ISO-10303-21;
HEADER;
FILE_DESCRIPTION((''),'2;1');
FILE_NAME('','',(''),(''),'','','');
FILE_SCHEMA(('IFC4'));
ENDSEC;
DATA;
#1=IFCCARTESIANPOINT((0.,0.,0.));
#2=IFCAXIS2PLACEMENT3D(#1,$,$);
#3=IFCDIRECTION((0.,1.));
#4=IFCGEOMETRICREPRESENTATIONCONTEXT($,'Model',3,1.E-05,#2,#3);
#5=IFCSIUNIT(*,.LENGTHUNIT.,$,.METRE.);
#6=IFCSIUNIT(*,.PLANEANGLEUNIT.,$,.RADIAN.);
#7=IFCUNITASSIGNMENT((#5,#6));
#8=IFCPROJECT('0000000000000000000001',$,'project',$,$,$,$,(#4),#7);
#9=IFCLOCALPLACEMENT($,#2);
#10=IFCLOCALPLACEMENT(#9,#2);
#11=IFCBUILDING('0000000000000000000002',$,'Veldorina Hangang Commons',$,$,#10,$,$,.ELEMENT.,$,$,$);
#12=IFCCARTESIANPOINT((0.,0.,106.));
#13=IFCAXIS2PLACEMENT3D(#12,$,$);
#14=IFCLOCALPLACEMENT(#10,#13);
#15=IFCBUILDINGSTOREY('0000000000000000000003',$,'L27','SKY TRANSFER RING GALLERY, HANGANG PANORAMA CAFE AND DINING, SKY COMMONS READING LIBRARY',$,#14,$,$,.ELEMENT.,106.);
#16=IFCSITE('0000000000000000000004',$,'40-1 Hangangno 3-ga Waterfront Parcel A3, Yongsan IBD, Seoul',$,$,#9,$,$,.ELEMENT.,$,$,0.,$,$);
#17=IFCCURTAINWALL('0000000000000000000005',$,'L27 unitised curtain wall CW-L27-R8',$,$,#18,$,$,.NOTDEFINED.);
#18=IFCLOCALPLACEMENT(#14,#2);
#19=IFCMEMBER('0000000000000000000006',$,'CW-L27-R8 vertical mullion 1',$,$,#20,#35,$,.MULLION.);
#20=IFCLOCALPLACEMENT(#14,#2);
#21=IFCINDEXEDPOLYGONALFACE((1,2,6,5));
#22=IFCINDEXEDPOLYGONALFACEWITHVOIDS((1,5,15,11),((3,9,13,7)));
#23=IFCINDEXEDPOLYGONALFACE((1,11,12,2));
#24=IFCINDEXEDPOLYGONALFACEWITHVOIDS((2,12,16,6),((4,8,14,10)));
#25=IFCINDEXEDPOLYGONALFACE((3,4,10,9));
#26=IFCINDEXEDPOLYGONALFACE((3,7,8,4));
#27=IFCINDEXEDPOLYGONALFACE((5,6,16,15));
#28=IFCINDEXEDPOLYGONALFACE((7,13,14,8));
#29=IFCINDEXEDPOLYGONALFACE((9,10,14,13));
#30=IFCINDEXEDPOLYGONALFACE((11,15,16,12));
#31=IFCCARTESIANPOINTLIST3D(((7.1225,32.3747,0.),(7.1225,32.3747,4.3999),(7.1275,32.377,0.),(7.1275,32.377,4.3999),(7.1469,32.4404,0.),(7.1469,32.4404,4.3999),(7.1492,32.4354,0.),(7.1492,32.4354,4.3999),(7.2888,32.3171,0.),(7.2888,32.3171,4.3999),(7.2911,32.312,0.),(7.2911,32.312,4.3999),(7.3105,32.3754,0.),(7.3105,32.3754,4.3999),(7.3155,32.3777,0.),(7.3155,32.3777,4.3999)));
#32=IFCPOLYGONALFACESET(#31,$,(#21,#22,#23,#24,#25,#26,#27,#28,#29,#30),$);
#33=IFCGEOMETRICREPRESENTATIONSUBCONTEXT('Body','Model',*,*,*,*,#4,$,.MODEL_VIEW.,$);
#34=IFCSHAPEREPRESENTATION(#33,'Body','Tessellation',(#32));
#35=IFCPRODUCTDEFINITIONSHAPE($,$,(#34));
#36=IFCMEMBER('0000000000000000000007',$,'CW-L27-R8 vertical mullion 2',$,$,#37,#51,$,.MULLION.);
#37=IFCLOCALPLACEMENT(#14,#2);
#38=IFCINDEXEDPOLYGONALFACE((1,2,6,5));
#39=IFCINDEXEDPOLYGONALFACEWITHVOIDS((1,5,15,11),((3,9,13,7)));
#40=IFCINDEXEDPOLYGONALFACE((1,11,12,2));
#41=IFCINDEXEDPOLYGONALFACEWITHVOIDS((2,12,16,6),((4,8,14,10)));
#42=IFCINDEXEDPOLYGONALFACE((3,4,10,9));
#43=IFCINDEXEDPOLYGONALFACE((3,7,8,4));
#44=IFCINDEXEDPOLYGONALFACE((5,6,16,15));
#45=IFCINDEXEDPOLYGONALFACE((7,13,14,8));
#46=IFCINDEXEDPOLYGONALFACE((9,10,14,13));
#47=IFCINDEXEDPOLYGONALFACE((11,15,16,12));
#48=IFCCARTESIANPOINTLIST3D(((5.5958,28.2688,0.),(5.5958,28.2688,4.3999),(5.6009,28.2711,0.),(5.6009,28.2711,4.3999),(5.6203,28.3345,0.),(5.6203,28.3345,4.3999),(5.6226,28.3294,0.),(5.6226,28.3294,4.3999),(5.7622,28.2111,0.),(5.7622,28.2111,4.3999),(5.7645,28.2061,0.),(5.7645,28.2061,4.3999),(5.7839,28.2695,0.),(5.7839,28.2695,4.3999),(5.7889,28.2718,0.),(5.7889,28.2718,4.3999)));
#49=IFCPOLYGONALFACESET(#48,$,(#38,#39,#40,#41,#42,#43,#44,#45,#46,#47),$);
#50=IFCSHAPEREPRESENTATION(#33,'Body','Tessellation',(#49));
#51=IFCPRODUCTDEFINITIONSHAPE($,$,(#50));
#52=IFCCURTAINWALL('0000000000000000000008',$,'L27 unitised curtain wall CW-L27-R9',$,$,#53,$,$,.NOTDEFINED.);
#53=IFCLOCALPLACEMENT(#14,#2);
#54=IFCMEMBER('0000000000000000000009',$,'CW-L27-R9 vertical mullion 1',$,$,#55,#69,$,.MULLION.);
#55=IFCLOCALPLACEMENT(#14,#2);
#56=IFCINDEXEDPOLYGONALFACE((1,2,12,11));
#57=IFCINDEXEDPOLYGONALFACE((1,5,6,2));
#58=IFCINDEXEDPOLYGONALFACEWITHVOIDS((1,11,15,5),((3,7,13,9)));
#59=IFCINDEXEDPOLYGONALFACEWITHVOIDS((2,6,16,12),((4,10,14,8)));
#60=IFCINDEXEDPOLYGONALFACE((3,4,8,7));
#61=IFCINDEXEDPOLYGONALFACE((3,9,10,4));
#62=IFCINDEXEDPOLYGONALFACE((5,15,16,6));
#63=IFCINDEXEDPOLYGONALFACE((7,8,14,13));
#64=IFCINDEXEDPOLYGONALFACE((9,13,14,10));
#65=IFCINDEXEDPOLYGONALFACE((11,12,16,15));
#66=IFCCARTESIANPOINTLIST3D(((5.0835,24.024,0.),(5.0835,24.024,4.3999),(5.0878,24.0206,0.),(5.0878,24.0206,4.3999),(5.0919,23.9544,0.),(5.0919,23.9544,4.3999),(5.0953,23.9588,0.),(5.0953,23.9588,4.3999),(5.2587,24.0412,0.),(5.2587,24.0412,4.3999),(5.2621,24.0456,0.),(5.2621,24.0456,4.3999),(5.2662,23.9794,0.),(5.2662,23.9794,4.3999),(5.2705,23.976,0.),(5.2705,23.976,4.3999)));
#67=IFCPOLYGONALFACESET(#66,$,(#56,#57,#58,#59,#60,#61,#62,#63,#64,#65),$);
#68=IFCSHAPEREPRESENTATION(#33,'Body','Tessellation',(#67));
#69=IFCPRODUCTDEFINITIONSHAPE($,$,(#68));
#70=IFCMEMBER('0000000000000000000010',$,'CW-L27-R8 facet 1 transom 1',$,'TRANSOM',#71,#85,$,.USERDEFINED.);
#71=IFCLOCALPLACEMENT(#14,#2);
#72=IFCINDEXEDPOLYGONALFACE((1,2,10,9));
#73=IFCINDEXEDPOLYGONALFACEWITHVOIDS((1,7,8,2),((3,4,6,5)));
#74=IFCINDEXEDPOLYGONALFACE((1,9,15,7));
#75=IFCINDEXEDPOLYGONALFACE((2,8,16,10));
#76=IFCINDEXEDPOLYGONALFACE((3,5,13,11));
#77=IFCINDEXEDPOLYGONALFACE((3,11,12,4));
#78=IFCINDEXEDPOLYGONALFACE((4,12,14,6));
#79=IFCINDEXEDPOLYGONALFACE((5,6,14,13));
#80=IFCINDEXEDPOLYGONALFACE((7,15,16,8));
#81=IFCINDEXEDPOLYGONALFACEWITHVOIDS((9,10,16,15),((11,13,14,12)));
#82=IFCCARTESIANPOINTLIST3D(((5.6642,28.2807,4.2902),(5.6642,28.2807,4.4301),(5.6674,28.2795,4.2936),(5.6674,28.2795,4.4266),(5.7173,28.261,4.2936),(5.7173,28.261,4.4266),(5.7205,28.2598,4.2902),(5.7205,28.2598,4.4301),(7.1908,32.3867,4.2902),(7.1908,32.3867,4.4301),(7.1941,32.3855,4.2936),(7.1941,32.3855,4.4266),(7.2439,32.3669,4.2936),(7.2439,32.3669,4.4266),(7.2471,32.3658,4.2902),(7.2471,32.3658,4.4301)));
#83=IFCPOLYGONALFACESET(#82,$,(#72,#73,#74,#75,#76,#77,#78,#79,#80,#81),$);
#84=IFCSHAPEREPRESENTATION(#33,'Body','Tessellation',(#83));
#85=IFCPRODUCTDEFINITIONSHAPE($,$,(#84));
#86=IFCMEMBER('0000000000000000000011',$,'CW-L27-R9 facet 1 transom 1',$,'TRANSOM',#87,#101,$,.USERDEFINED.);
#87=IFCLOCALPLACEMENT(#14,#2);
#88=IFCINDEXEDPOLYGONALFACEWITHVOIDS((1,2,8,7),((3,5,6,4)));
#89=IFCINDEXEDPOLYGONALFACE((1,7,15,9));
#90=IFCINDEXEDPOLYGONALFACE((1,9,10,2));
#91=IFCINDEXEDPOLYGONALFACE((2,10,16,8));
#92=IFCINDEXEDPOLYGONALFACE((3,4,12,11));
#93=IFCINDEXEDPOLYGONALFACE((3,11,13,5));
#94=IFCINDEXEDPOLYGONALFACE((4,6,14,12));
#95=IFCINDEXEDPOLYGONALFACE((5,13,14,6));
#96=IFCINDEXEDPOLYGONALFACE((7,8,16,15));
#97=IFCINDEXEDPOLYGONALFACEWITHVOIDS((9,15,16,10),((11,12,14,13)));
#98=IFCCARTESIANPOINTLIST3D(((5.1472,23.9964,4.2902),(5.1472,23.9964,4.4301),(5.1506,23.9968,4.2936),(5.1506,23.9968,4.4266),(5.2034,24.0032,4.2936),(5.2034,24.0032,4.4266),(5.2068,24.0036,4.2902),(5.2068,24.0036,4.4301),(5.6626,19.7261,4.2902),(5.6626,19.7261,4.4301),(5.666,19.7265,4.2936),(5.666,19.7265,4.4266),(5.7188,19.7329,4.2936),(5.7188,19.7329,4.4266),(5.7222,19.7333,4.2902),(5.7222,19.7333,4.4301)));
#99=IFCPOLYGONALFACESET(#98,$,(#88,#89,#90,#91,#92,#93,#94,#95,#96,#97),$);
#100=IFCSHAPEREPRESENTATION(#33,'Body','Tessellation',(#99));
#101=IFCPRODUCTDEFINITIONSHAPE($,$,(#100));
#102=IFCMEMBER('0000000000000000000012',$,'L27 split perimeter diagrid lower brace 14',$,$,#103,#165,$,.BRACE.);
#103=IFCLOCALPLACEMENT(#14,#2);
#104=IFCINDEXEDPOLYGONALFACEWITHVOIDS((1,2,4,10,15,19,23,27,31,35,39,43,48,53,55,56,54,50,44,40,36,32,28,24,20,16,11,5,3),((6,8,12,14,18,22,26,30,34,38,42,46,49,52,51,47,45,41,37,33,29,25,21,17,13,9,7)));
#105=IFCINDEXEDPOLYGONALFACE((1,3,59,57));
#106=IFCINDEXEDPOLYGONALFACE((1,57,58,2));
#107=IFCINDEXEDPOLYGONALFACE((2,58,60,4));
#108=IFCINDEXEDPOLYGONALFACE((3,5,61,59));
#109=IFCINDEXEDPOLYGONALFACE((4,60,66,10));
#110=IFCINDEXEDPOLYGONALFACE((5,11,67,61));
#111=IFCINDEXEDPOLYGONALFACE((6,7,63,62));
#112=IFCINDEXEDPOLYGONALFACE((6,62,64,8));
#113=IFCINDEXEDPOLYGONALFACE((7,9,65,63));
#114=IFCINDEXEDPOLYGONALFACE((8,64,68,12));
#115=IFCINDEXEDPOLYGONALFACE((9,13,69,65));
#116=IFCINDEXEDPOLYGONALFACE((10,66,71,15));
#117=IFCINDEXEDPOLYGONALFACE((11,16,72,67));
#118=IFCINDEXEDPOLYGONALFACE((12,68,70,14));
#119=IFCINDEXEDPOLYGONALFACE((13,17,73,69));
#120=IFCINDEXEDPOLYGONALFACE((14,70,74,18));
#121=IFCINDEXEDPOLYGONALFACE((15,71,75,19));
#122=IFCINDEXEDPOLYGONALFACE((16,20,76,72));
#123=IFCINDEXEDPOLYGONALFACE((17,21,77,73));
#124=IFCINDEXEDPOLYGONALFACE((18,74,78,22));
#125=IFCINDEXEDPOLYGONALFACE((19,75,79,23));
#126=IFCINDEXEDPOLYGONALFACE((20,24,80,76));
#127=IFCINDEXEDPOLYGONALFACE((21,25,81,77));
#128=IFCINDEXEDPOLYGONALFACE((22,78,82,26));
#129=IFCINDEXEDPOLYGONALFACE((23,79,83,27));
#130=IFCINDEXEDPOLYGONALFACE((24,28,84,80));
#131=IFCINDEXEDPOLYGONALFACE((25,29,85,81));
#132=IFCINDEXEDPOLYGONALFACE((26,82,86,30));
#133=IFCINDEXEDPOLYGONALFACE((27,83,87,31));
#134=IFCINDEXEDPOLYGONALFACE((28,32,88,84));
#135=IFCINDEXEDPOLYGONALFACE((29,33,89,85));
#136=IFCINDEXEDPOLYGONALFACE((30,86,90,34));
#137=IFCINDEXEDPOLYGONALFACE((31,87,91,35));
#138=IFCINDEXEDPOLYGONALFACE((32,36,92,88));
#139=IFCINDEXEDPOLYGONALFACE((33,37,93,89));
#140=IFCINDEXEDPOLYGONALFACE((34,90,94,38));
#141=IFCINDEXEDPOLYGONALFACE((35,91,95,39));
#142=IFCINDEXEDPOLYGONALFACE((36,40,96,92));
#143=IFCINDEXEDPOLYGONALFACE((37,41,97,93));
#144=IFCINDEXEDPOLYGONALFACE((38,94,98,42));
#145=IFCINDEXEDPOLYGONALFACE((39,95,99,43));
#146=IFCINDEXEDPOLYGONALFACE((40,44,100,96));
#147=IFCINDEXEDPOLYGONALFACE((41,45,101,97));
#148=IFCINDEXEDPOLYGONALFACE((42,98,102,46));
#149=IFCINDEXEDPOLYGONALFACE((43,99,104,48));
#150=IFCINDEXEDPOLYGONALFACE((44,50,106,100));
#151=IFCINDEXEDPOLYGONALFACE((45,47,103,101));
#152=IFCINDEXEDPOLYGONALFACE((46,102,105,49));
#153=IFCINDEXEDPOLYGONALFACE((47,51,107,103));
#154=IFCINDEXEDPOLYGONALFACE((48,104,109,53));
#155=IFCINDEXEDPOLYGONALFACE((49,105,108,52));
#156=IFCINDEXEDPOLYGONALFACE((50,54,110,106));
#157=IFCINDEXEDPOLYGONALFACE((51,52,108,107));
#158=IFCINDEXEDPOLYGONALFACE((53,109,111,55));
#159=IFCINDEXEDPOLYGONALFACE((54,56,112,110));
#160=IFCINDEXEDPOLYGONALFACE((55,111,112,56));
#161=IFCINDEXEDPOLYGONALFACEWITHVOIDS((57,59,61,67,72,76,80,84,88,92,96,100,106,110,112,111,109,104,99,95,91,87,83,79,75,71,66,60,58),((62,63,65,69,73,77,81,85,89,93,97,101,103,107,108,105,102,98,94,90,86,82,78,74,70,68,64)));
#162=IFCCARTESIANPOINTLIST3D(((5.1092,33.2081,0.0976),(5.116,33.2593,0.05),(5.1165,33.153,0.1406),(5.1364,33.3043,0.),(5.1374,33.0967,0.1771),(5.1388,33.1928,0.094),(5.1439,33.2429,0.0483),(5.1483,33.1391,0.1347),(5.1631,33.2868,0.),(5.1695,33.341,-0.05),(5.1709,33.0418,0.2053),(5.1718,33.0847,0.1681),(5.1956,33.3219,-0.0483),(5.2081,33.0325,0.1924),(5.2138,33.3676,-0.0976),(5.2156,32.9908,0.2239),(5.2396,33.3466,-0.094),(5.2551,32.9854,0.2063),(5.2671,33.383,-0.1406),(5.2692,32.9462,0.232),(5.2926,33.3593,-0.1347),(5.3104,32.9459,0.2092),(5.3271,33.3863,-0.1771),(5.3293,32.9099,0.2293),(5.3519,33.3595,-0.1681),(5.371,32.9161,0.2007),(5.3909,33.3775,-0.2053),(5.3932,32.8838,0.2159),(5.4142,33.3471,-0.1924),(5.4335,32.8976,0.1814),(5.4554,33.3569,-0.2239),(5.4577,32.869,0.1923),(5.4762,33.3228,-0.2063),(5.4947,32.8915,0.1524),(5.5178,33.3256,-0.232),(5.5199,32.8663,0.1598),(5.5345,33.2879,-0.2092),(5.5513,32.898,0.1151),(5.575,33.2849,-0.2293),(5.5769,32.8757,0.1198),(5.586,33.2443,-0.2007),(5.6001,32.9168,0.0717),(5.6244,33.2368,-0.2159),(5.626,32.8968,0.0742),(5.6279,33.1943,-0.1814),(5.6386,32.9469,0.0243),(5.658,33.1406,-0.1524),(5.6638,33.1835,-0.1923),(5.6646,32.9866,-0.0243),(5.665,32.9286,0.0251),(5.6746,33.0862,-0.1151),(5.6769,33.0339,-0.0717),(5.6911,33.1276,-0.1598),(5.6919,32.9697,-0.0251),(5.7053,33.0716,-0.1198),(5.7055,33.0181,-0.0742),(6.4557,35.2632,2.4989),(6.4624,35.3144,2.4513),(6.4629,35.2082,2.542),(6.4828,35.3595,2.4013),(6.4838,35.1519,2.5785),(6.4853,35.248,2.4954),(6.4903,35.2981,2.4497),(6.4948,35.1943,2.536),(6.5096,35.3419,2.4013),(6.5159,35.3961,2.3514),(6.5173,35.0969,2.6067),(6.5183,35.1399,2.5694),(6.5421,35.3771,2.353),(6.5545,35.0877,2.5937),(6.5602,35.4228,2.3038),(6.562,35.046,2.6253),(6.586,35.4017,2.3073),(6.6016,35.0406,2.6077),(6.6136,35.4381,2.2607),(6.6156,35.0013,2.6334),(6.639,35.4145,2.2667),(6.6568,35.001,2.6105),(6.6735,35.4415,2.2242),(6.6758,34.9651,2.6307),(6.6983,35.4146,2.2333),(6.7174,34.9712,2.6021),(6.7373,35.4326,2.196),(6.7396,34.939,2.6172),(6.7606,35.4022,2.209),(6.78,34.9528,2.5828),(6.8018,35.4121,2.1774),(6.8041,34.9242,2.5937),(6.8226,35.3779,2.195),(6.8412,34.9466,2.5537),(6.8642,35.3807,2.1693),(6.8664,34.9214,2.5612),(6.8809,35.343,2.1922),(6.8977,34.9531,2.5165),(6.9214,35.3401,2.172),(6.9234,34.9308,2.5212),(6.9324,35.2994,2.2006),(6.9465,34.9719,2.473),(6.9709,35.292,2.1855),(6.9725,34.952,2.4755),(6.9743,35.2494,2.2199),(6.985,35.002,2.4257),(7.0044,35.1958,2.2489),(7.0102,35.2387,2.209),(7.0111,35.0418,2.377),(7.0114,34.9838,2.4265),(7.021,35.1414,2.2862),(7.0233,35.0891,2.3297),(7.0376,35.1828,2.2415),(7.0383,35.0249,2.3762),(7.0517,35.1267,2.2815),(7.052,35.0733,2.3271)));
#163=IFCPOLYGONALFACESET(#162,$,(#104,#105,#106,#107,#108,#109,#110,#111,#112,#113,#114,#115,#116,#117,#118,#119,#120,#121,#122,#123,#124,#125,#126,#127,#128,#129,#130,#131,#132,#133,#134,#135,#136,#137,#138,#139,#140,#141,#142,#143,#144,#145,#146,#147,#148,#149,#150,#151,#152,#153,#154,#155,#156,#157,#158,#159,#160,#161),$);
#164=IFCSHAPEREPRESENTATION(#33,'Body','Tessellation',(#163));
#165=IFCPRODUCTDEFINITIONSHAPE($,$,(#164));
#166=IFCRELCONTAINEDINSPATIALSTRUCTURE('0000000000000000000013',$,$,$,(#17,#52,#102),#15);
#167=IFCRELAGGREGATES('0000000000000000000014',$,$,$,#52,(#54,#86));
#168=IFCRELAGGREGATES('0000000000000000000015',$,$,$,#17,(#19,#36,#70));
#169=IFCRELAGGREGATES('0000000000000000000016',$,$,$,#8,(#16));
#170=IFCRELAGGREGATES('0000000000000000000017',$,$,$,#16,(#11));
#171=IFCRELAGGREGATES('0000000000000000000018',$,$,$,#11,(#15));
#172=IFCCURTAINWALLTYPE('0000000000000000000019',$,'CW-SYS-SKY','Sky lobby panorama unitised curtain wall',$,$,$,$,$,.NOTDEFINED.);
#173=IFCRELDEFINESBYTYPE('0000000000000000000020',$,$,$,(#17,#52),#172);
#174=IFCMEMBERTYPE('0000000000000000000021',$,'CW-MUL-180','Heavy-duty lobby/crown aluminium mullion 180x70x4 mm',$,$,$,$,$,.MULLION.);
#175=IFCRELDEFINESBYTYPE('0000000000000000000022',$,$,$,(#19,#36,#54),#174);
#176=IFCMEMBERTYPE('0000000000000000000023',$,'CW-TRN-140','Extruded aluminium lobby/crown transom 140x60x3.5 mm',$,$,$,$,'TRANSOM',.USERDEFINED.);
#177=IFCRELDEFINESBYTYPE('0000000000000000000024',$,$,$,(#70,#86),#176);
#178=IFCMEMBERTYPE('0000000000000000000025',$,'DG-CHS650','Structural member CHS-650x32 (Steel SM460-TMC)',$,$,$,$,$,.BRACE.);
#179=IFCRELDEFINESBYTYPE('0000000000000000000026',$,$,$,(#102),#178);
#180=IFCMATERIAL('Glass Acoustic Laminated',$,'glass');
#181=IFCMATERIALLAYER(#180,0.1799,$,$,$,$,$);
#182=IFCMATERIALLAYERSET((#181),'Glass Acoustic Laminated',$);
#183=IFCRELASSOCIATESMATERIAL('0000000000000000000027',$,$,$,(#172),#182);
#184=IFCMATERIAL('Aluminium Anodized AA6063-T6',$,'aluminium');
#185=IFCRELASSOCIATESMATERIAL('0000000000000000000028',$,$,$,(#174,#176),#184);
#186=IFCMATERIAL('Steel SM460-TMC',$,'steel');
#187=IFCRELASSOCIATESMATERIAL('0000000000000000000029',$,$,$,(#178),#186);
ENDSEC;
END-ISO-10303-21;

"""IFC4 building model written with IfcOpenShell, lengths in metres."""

from ifc_helpers import new_model, si_unit, direction, frame, origin, origin_2d, place, context, subcontext, project, spatial, hollow_rectangle, hollow_circle, extrude, material, layer, layer_set, material_profile, profile_set, type_object, element, aggregate, save


model = new_model("IFC4")

# Units and contexts
model_context = context("Model", 3, precision=1e-05, world=origin(), true_north=direction((0.0, 1.0)))
body_context = subcontext(model_context, "Body", "Model", "MODEL_VIEW")
ifc_project = project(units=[si_unit("LENGTHUNIT", "METRE"), si_unit("PLANEANGLEUNIT", "RADIAN")], contexts=[model_context])

# Site, building, storey
site_placement = place(None, origin())
site = spatial("IfcSite", under=ifc_project, at=site_placement, Name="40-1 Hangangno 3-ga Waterfront Parcel A3, Yongsan IBD, Seoul", CompositionType="ELEMENT", RefElevation=0.0)
building_placement = place(site_placement, origin())
building = spatial("IfcBuilding", under=site, at=building_placement, Name="Veldorina Hangang Commons", CompositionType="ELEMENT")
storey_placement = place(building_placement, frame((0.0, 0.0, 106.0)))
storey = spatial("IfcBuildingStorey", under=building, at=storey_placement, Name="L27", Description="SKY TRANSFER RING GALLERY, HANGANG PANORAMA CAFE AND DINING, SKY COMMONS READING LIBRARY", CompositionType="ELEMENT", Elevation=106.0)

# Curtain wall, members
ifc_material_1 = material(Name="Glass Acoustic Laminated", Category="glass")
ifc_layer_1 = layer(ifc_material_1, 0.1799)
ifc_layer_set_1 = layer_set([ifc_layer_1], Name="Glass Acoustic Laminated")
curtain_wall_type = type_object("IfcCurtainWallType", Name="CW-SYS-SKY", Description="Sky lobby panorama unitised curtain wall", PredefinedType="NOTDEFINED", material=ifc_layer_set_1)
curtain_wall_1_placement = place(storey_placement, origin())
curtain_wall_1 = element("IfcCurtainWall", 1, at=curtain_wall_1_placement, inside=storey, type_object=curtain_wall_type, Name="L27 unitised curtain wall CW-L27-R8", PredefinedType="NOTDEFINED")
ifc_material_2 = material(Name="Aluminium Anodized AA6063-T6", Category="aluminium")
ifc_material_profile_1 = material_profile(ifc_material_2, hollow_rectangle(XDim=0.0701, YDim=0.1799, WallThickness=0.0039, at=origin_2d()), Name="ALU-RHS-180x70x4")
ifc_profile_set_1 = profile_set([ifc_material_profile_1], Name="Aluminium Anodized AA6063-T6")
member_type_1 = type_object("IfcMemberType", Name="CW-MUL-180", Description="Heavy-duty lobby/crown aluminium mullion 180x70x4 mm", PredefinedType="MULLION", material=ifc_profile_set_1)
member_1_placement = place(storey_placement, frame((7.219, 32.3762, 0.0), z_axis=(0.0, 0.0, 1.0), x_axis=(-0.348458, -0.937325, 0.0)))
member_1 = element("IfcMember", 2, at=member_1_placement, type_object=member_type_1, Name="CW-L27-R8 vertical mullion 1", PredefinedType="MULLION", context=body_context, shape_type="SweptSolid", body=[
    extrude(hollow_rectangle(XDim=0.0701, YDim=0.1799, WallThickness=0.0039, at=origin_2d()), origin(), (0.0, 0.0, 1.0), 4.3999),
])
member_2_placement = place(storey_placement, frame((5.6924, 28.2703, 0.0), z_axis=(0.0, 0.0, 1.0), x_axis=(0.348458, 0.937325, 0.0)))
member_2 = element("IfcMember", 3, at=member_2_placement, type_object=member_type_1, Name="CW-L27-R8 vertical mullion 2", PredefinedType="MULLION", context=body_context, shape_type="SweptSolid", body=[
    extrude(hollow_rectangle(XDim=0.0701, YDim=0.1799, WallThickness=0.0039, at=origin_2d()), origin(), (0.0, 0.0, 1.0), 4.3999),
])

# Curtain wall, member
curtain_wall_2_placement = place(storey_placement, origin())
curtain_wall_2 = element("IfcCurtainWall", 4, at=curtain_wall_2_placement, inside=storey, type_object=curtain_wall_type, Name="L27 unitised curtain wall CW-L27-R9", PredefinedType="NOTDEFINED")
member_3_placement = place(storey_placement, frame((5.177, 24.0, 0.0), z_axis=(0.0, 0.0, 1.0), x_axis=(0.119825, -0.992795, 0.0)))
member_3 = element("IfcMember", 5, at=member_3_placement, type_object=member_type_1, Name="CW-L27-R9 vertical mullion 1", PredefinedType="MULLION", context=body_context, shape_type="SweptSolid", body=[
    extrude(hollow_rectangle(XDim=0.0701, YDim=0.1799, WallThickness=0.0039, at=origin_2d()), origin(), (0.0, 0.0, 1.0), 4.3999),
])

# Members
ifc_material_profile_2 = material_profile(ifc_material_2, hollow_rectangle(XDim=0.0601, YDim=0.1399, WallThickness=0.0034, at=origin_2d()), Name="ALU-RHS-140x60x3.5")
ifc_profile_set_2 = profile_set([ifc_material_profile_2], Name="Aluminium Anodized AA6063-T6")
member_type_2 = type_object("IfcMemberType", Name="CW-TRN-140", Description="Extruded aluminium lobby/crown transom 140x60x3.5 mm", ElementType="TRANSOM", PredefinedType="USERDEFINED", material=ifc_profile_set_2)
member_4_placement = place(storey_placement, frame((7.219, 32.3762, 4.3601), z_axis=(-0.348496, -0.93731, 0.0), x_axis=(0.93731, -0.348496, 0.0)))
member_4 = element("IfcMember", 6, at=member_4_placement, type_object=member_type_2, Name="CW-L27-R8 facet 1 transom 1", ObjectType="TRANSOM", PredefinedType="USERDEFINED", context=body_context, shape_type="SweptSolid", body=[
    extrude(hollow_rectangle(XDim=0.0601, YDim=0.1399, WallThickness=0.0034, at=origin_2d()), origin(), (0.0, 0.0, 1.0), 4.3806),
])
member_5_placement = place(storey_placement, frame((5.177, 24.0, 4.3601), z_axis=(0.119821, -0.992795, 0.0), x_axis=(0.992795, 0.119821, 0.0)))
member_5 = element("IfcMember", 7, at=member_5_placement, type_object=member_type_2, Name="CW-L27-R9 facet 1 transom 1", ObjectType="TRANSOM", PredefinedType="USERDEFINED", context=body_context, shape_type="SweptSolid", body=[
    extrude(hollow_rectangle(XDim=0.0601, YDim=0.1399, WallThickness=0.0034, at=origin_2d()), origin(), (0.0, 0.0, 1.0), 4.3013),
])
aggregate(curtain_wall_2, [member_3, member_5])

# Member
ifc_material_3 = material(Name="Steel SM460-TMC", Category="steel")
ifc_material_profile_3 = material_profile(ifc_material_3, hollow_circle(Radius=0.325, WallThickness=0.032, at=origin_2d()), Name="CHS-650x32")
ifc_profile_set_3 = profile_set([ifc_material_profile_3], Name="Steel SM460-TMC")
member_type_3 = type_object("IfcMemberType", Name="DG-CHS650", Description="Structural member CHS-650x32 (Steel SM460-TMC)", PredefinedType="BRACE", material=ifc_profile_set_3)
member_6_placement = place(storey_placement, frame((5.4082, 33.1262, 0.0), z_axis=(0.391909, 0.598204, 0.69897), x_axis=(-0.836472, 0.548009, 0.0)))
element("IfcMember", 8, at=member_6_placement, inside=storey, type_object=member_type_3, Name="L27 split perimeter diagrid lower brace 14", PredefinedType="BRACE", context=body_context, shape_type="SweptSolid", body=[
    extrude(hollow_circle(Radius=0.325, WallThickness=0.032, at=origin_2d()), origin(), (0.0, 0.0, 1.0), 3.4355),
])

aggregate(curtain_wall_1, [member_1, member_2, member_4])

save(model, "model.ifc")
